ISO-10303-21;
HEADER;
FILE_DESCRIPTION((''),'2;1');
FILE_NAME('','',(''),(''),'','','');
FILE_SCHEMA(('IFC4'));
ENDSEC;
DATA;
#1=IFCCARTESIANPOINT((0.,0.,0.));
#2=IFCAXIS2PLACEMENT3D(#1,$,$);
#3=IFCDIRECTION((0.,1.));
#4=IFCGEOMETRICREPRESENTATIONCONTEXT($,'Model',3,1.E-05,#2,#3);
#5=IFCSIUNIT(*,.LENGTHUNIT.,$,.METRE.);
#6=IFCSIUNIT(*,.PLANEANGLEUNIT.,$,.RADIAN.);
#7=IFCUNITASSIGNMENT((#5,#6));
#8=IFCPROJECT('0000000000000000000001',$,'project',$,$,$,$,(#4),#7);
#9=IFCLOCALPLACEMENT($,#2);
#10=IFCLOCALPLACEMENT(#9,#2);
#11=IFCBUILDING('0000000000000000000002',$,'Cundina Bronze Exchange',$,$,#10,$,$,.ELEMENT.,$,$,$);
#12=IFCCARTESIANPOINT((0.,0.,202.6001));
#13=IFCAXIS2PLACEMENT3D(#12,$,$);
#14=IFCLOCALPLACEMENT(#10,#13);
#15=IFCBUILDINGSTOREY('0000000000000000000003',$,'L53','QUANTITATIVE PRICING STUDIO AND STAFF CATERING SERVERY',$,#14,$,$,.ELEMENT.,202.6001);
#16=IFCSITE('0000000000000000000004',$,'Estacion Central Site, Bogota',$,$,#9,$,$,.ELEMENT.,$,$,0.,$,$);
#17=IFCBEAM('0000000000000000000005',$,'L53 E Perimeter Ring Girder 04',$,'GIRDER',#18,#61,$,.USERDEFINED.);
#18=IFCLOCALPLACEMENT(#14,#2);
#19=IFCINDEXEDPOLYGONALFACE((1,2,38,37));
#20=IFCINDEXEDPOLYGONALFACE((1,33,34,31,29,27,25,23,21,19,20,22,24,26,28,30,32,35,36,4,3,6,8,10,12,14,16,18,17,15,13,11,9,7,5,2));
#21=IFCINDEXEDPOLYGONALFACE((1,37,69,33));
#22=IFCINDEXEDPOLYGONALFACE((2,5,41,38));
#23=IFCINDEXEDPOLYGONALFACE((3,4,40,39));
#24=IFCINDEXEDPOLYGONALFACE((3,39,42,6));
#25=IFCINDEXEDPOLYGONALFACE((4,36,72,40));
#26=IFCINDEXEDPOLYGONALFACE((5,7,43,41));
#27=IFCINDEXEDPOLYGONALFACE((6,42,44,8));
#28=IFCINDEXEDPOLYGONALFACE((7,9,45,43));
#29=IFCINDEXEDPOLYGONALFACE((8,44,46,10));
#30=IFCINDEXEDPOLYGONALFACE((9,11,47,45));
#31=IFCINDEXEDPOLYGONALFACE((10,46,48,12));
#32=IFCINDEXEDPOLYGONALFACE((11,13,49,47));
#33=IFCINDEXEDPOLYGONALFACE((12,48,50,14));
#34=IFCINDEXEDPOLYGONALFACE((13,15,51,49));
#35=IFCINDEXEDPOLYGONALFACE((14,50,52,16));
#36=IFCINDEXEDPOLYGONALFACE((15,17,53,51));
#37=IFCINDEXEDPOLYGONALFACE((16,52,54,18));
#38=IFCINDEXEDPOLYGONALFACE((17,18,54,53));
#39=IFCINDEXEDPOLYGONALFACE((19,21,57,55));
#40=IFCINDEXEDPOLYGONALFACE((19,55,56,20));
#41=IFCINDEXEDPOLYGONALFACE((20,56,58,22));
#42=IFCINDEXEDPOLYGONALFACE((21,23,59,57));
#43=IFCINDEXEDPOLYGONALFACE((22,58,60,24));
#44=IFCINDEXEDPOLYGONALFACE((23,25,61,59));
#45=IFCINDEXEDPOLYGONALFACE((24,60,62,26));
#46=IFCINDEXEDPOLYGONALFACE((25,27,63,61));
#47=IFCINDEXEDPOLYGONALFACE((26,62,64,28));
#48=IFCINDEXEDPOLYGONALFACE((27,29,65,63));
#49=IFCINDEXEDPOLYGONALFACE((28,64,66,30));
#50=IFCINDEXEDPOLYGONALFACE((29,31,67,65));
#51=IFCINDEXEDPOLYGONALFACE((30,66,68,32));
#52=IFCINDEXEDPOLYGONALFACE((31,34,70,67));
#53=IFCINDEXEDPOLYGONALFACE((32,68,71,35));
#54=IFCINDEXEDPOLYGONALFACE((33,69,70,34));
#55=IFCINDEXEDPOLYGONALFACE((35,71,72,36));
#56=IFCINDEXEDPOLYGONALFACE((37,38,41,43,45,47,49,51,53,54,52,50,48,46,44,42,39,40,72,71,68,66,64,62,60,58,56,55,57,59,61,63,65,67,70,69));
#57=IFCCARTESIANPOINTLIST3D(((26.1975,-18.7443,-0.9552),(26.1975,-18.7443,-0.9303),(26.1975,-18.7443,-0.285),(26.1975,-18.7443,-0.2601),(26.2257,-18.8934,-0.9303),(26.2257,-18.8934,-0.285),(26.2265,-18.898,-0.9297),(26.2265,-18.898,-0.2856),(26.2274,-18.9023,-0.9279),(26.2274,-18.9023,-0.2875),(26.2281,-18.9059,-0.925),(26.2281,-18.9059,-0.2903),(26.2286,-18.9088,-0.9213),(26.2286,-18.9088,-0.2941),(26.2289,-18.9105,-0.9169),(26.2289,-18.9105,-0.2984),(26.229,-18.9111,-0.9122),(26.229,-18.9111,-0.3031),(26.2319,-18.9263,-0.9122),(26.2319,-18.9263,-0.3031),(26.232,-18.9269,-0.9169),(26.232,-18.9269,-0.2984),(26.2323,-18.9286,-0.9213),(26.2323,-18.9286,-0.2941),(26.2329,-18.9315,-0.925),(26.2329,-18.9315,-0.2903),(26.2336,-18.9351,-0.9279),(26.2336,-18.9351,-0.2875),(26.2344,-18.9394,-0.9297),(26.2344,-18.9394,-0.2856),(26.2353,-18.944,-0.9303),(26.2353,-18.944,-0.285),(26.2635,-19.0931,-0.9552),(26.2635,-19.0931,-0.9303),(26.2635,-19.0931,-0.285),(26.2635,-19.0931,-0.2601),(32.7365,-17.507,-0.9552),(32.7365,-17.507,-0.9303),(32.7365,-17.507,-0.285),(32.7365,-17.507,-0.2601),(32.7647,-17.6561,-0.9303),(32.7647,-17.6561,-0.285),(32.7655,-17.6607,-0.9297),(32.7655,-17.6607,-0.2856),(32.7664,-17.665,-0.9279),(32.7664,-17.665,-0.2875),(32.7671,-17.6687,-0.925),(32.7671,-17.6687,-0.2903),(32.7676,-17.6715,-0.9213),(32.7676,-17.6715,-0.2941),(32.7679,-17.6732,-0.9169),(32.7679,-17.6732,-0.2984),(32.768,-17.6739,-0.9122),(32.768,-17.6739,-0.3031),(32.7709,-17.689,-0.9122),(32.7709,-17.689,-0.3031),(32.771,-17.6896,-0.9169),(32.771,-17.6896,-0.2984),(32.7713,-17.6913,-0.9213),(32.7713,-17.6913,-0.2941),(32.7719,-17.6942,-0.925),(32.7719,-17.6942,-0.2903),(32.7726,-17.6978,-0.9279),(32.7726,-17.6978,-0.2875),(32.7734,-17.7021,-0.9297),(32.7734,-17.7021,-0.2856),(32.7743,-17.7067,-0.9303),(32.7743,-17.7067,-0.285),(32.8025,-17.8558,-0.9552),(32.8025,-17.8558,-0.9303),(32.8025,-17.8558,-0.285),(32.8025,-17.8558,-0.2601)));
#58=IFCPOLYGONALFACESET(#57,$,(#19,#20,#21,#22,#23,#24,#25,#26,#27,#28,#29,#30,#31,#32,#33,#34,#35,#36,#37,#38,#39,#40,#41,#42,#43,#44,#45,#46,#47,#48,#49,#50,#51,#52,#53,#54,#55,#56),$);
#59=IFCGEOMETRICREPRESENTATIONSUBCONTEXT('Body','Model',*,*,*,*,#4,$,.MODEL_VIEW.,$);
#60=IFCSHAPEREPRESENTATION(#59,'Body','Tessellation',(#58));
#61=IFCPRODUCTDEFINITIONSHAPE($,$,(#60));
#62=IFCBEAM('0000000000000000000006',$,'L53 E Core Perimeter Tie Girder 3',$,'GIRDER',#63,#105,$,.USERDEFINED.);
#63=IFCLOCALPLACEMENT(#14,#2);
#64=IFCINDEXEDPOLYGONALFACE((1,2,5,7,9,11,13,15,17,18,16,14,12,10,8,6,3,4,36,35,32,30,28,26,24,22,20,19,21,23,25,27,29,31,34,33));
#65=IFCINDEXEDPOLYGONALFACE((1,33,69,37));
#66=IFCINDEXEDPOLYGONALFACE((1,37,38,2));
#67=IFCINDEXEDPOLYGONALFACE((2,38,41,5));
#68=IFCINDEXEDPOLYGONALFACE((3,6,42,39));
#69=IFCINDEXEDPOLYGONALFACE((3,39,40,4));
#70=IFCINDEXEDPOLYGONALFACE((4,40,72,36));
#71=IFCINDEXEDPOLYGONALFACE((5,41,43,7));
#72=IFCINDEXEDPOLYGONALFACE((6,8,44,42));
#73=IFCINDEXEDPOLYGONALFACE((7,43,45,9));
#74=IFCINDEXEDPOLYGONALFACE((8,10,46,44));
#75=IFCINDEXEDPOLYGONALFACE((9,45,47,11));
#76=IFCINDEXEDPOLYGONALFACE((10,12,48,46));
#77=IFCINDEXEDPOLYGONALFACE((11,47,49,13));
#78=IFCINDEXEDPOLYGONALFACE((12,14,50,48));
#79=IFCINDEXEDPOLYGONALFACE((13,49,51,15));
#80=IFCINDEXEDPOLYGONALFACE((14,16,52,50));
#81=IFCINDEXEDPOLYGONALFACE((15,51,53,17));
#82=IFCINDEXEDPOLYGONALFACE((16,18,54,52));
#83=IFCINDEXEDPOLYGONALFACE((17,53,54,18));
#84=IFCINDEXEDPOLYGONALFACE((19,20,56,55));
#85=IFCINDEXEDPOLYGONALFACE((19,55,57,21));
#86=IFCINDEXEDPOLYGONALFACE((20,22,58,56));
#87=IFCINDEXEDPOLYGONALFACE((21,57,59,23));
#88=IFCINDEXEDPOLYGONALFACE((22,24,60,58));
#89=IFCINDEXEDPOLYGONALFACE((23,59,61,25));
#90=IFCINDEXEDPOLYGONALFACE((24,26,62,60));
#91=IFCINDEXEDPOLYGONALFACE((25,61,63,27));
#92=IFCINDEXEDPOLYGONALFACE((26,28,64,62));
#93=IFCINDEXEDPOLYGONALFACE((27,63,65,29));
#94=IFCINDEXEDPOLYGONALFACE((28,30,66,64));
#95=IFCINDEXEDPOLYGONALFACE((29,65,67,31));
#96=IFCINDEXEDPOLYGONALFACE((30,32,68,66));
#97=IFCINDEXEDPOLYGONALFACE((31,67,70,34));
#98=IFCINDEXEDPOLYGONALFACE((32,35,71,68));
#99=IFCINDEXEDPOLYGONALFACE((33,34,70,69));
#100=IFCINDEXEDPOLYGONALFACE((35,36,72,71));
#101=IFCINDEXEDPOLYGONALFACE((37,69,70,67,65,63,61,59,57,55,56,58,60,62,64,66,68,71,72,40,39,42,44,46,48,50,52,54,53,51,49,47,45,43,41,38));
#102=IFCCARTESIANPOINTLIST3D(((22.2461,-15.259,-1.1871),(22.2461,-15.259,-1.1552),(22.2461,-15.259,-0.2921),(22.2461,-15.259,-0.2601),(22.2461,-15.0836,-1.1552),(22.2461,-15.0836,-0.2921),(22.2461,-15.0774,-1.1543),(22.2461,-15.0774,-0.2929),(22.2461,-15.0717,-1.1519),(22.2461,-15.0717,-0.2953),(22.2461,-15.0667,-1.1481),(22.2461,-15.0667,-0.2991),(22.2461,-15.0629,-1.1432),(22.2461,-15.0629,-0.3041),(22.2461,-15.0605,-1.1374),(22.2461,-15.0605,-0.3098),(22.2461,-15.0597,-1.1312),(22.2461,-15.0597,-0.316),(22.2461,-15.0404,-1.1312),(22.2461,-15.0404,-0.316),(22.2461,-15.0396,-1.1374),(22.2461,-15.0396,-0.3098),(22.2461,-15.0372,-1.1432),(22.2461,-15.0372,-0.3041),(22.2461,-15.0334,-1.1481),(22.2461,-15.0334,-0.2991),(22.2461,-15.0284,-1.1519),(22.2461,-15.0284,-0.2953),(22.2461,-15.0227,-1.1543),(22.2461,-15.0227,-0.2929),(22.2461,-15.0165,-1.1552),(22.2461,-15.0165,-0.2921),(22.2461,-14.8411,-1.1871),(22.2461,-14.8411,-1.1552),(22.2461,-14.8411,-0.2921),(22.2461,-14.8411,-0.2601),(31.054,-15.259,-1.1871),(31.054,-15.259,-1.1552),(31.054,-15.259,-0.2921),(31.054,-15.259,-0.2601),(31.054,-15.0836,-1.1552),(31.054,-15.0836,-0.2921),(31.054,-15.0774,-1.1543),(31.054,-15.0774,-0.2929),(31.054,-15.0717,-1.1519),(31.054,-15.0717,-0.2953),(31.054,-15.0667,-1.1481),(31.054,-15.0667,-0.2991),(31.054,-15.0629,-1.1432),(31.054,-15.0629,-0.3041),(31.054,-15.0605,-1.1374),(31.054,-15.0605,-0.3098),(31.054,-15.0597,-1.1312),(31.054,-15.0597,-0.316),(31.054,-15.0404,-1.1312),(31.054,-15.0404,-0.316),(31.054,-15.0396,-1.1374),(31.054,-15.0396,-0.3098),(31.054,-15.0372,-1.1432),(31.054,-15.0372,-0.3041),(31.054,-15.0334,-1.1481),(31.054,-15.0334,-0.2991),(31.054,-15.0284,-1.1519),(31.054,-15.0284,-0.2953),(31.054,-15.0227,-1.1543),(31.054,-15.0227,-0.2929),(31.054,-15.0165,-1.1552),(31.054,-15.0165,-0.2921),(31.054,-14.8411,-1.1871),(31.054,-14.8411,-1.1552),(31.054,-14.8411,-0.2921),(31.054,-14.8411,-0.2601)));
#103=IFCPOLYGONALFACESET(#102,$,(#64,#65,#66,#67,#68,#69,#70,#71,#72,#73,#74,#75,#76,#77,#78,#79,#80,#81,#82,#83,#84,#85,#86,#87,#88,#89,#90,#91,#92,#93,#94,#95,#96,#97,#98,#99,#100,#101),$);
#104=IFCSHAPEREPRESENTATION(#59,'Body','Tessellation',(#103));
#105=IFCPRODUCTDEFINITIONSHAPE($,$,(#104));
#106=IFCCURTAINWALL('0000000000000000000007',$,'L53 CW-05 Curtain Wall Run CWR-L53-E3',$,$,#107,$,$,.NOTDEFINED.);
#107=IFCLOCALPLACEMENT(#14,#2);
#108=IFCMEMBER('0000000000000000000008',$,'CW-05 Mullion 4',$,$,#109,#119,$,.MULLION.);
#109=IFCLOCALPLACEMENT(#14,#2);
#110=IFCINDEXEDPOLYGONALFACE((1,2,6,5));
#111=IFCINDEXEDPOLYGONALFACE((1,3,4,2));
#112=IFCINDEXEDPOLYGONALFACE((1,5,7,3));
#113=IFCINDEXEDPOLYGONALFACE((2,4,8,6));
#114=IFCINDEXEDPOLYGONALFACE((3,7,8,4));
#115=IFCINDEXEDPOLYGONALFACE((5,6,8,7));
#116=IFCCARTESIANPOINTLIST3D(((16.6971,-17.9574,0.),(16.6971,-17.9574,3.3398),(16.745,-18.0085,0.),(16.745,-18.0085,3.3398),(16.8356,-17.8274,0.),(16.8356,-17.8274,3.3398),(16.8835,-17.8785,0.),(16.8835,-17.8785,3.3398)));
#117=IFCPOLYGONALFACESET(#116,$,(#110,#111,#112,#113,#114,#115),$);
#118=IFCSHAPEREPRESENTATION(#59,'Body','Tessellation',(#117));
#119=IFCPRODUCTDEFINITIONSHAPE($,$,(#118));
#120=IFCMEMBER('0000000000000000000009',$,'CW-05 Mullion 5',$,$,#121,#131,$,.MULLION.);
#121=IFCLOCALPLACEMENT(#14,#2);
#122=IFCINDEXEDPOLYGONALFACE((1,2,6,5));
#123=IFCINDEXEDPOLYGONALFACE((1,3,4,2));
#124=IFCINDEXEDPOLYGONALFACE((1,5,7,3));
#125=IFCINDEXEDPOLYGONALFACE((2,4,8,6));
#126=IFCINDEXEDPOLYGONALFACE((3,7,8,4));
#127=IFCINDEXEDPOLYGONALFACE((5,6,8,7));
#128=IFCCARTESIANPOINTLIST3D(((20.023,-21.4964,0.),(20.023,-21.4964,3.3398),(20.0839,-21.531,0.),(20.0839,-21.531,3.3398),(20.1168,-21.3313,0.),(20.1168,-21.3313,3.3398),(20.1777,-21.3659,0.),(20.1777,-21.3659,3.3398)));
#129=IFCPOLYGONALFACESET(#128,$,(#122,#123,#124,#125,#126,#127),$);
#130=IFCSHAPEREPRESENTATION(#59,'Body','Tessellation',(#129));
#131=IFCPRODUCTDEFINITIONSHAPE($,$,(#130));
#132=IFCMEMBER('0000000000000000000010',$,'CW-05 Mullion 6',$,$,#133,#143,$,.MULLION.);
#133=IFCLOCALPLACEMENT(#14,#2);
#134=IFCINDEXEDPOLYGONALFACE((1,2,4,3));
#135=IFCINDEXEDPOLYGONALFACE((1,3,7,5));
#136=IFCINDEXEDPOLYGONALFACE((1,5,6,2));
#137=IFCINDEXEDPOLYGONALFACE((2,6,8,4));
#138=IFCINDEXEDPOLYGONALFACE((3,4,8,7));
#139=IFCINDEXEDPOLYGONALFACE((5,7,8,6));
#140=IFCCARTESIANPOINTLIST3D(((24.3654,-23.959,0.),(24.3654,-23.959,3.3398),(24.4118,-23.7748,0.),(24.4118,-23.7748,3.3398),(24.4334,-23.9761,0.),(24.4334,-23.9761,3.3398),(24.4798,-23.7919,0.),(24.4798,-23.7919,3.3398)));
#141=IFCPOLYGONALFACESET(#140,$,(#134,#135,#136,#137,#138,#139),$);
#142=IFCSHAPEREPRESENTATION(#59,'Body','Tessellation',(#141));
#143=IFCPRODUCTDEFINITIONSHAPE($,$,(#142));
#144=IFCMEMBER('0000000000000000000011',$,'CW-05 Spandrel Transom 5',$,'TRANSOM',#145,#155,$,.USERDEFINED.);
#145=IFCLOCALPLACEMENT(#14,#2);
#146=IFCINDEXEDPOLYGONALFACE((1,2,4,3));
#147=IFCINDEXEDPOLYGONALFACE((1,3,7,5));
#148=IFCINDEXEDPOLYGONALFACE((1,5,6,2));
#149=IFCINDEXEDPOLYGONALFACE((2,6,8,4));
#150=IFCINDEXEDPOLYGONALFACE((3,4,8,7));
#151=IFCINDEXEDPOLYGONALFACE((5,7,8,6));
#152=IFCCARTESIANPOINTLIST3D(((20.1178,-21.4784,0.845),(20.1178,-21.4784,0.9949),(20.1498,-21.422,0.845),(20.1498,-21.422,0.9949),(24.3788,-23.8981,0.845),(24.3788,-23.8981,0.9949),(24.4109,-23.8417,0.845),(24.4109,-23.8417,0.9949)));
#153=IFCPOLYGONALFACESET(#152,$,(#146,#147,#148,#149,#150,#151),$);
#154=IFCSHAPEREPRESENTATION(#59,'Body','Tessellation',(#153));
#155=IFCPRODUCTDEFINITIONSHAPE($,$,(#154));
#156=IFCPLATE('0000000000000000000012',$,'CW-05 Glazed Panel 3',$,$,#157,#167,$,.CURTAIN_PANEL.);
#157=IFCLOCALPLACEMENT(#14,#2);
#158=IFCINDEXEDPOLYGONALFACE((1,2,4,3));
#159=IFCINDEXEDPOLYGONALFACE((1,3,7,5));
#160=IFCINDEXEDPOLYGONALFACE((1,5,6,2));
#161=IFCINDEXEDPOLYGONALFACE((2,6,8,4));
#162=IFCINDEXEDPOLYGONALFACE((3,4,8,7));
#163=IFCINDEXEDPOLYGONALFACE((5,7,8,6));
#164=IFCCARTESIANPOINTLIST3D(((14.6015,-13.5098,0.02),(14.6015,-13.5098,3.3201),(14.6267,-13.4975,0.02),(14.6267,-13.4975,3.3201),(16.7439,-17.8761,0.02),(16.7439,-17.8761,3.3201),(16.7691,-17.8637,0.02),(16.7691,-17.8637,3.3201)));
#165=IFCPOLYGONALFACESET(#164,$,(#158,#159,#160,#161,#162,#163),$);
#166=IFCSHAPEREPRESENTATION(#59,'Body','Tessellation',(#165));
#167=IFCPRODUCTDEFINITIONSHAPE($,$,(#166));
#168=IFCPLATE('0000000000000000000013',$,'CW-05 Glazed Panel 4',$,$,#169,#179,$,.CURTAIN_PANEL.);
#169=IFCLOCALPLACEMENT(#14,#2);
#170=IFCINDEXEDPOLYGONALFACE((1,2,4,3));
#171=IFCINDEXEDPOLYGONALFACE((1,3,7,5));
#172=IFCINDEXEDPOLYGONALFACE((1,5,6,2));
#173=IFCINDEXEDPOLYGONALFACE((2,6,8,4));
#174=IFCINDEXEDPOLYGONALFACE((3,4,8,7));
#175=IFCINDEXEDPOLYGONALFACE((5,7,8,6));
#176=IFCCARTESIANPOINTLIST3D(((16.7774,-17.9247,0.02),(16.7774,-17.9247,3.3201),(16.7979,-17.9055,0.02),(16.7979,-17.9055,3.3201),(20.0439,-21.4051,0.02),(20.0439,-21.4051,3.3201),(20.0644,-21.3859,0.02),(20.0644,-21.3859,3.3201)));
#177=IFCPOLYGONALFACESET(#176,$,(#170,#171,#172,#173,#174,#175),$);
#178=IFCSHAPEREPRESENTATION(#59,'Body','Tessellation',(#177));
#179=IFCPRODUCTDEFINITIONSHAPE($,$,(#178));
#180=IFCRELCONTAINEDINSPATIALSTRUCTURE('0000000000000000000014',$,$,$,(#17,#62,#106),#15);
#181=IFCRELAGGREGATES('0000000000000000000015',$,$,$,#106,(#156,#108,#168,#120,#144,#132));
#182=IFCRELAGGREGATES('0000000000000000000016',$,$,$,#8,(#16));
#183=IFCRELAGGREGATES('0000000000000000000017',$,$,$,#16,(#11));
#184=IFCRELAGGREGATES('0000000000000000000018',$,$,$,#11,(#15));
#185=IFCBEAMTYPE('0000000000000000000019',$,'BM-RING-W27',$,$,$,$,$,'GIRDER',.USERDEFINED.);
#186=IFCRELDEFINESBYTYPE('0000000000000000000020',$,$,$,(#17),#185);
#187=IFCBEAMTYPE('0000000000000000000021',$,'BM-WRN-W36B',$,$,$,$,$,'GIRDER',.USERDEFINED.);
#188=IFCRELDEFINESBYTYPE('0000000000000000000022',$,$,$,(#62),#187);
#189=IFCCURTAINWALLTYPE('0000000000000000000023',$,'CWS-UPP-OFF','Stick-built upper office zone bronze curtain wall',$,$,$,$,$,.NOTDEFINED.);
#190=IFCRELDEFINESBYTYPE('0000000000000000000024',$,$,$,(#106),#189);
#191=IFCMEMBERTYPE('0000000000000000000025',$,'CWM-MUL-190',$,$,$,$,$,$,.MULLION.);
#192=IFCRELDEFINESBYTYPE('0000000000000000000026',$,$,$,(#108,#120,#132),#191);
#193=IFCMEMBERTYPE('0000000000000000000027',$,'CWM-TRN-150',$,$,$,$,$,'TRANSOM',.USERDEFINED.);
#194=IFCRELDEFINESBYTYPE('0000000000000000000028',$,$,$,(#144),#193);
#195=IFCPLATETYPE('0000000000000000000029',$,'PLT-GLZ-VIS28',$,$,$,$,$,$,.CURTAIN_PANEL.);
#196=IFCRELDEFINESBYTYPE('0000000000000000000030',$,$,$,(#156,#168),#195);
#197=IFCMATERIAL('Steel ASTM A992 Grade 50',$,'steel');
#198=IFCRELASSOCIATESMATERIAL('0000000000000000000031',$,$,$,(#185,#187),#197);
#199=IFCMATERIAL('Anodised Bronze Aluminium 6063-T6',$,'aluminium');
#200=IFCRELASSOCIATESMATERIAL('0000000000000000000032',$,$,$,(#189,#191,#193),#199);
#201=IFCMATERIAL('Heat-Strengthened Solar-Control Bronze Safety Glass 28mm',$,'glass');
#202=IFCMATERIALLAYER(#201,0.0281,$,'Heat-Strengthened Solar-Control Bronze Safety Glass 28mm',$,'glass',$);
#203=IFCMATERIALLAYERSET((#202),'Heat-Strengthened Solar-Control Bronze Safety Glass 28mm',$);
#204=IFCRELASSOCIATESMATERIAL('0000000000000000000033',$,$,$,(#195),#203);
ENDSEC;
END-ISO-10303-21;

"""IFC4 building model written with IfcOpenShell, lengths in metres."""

from ifc_helpers import new_model, si_unit, direction, frame, origin, origin_2d, place, context, subcontext, project, spatial, rectangle, i_section, extrude, material, layer, layer_set, material_profile, profile_set, type_object, element, aggregate, save


model = new_model("IFC4")

# Units and contexts
model_context = context("Model", 3, precision=1e-05, world=origin(), true_north=direction((0.0, 1.0)))
body_context = subcontext(model_context, "Body", "Model", "MODEL_VIEW")
ifc_project = project(units=[si_unit("LENGTHUNIT", "METRE"), si_unit("PLANEANGLEUNIT", "RADIAN")], contexts=[model_context])

# Site, building, storey
site_placement = place(None, origin())
site = spatial("IfcSite", under=ifc_project, at=site_placement, Name="Estacion Central Site, Bogota", CompositionType="ELEMENT", RefElevation=0.0)
building_placement = place(site_placement, origin())
building = spatial("IfcBuilding", under=site, at=building_placement, Name="Cundina Bronze Exchange", CompositionType="ELEMENT")
storey_placement = place(building_placement, frame((0.0, 0.0, 202.6001)))
storey = spatial("IfcBuildingStorey", under=building, at=storey_placement, Name="L53", Description="QUANTITATIVE PRICING STUDIO AND STAFF CATERING SERVERY", CompositionType="ELEMENT", Elevation=202.6001)

# Shared definitions
ifc_material_1 = material(Name="Steel ASTM A992 Grade 50", Category="steel")

# Beams
ifc_material_profile_1 = material_profile(ifc_material_1, i_section(OverallWidth=0.355, OverallDepth=0.6951, WebThickness=0.0154, FlangeThickness=0.0249, FilletRadius=0.0181, at=origin_2d()), Name="W27X146", Category="steel")
ifc_profile_set_1 = profile_set([ifc_material_profile_1], Name="Steel ASTM A992 Grade 50")
beam_type_1 = type_object("IfcBeamType", Name="BM-RING-W27", ElementType="GIRDER", PredefinedType="USERDEFINED", material=ifc_profile_set_1)
beam_1_placement = place(storey_placement, frame((26.2305, -18.9187, -0.6077), z_axis=(0.982565, 0.185918, 0.0), x_axis=(-0.185918, 0.982565, 0.0)))
element("IfcBeam", 1, at=beam_1_placement, inside=storey, type_object=beam_type_1, Name="L53 E Perimeter Ring Girder 04", ObjectType="GIRDER", PredefinedType="USERDEFINED", context=body_context, shape_type="SweptSolid", body=[
    extrude(i_section(OverallWidth=0.355, OverallDepth=0.6951, WebThickness=0.0154, FlangeThickness=0.0249, FilletRadius=0.0181, at=origin_2d()), origin(), (0.0, 0.0, 1.0), 6.655),
])
ifc_material_profile_2 = material_profile(ifc_material_1, i_section(OverallWidth=0.418, OverallDepth=0.927, WebThickness=0.0193, FlangeThickness=0.032, FilletRadius=0.0239, at=origin_2d()), Name="W36X231", Category="steel")
ifc_profile_set_2 = profile_set([ifc_material_profile_2], Name="Steel ASTM A992 Grade 50")
beam_type_2 = type_object("IfcBeamType", Name="BM-WRN-W36B", ElementType="GIRDER", PredefinedType="USERDEFINED", material=ifc_profile_set_2)
beam_2_placement = place(storey_placement, frame((22.2461, -15.05, -0.7236), z_axis=(1.0, 0.0, 0.0), x_axis=(0.0, 1.0, 0.0)))
element("IfcBeam", 2, at=beam_2_placement, inside=storey, type_object=beam_type_2, Name="L53 E Core Perimeter Tie Girder 3", ObjectType="GIRDER", PredefinedType="USERDEFINED", context=body_context, shape_type="SweptSolid", body=[
    extrude(i_section(OverallWidth=0.418, OverallDepth=0.927, WebThickness=0.0193, FlangeThickness=0.032, FilletRadius=0.0239, at=origin_2d()), origin(), (0.0, 0.0, 1.0), 8.8079),
])

# Curtain wall, members, plates
ifc_material_2 = material(Name="Anodised Bronze Aluminium 6063-T6", Category="aluminium")
curtain_wall_type = type_object("IfcCurtainWallType", Name="CWS-UPP-OFF", Description="Stick-built upper office zone bronze curtain wall", PredefinedType="NOTDEFINED", material=ifc_material_2)
curtain_wall_placement = place(storey_placement, origin())
curtain_wall = element("IfcCurtainWall", 3, at=curtain_wall_placement, inside=storey, type_object=curtain_wall_type, Name="L53 CW-05 Curtain Wall Run CWR-L53-E3", PredefinedType="NOTDEFINED")
ifc_material_profile_3 = material_profile(ifc_material_2, rectangle(XDim=0.0701, YDim=0.1899, at=origin_2d()), Name="AL70X190", Category="aluminium")
ifc_profile_set_3 = profile_set([ifc_material_profile_3], Name="Anodised Bronze Aluminium 6063-T6")
member_type_1 = type_object("IfcMemberType", Name="CWM-MUL-190", PredefinedType="MULLION", material=ifc_profile_set_3)
member_1_placement = place(storey_placement, frame((16.7903, -17.918, 0.0), z_axis=(0.0, 0.0, 1.0), x_axis=(0.684293, -0.729208, 0.0)))
member_1 = element("IfcMember", 4, at=member_1_placement, type_object=member_type_1, Name="CW-05 Mullion 4", PredefinedType="MULLION", context=body_context, shape_type="SweptSolid", body=[
    extrude(rectangle(XDim=0.0701, YDim=0.1899, at=origin_2d()), origin(), (0.0, 0.0, 1.0), 3.3398),
])
member_2_placement = place(storey_placement, frame((20.1003, -21.4312, 0.0), z_axis=(0.0, 0.0, 1.0), x_axis=(0.869581, -0.49379, 0.0)))
member_2 = element("IfcMember", 5, at=member_2_placement, type_object=member_type_1, Name="CW-05 Mullion 5", PredefinedType="MULLION", context=body_context, shape_type="SweptSolid", body=[
    extrude(rectangle(XDim=0.0701, YDim=0.1899, at=origin_2d()), origin(), (0.0, 0.0, 1.0), 3.3398),
])
member_3_placement = place(storey_placement, frame((24.4226, -23.8755, 0.0), z_axis=(0.0, 0.0, 1.0), x_axis=(0.969744, -0.244123, 0.0)))
member_3 = element("IfcMember", 6, at=member_3_placement, type_object=member_type_1, Name="CW-05 Mullion 6", PredefinedType="MULLION", context=body_context, shape_type="SweptSolid", body=[
    extrude(rectangle(XDim=0.0701, YDim=0.1899, at=origin_2d()), origin(), (0.0, 0.0, 1.0), 3.3398),
])
ifc_material_profile_4 = material_profile(ifc_material_2, rectangle(XDim=0.0649, YDim=0.1499, at=origin_2d()), Name="AL65X150", Category="aluminium")
ifc_profile_set_4 = profile_set([ifc_material_profile_4], Name="Anodised Bronze Aluminium 6063-T6")
member_type_2 = type_object("IfcMemberType", Name="CWM-TRN-150", ElementType="TRANSOM", PredefinedType="USERDEFINED", material=ifc_profile_set_4)
member_4_placement = place(storey_placement, frame((20.1338, -21.4502, 0.9199), z_axis=(0.869574, -0.493803, 0.0), x_axis=(0.493803, 0.869574, 0.0)))
member_4 = element("IfcMember", 7, at=member_4_placement, type_object=member_type_2, Name="CW-05 Spandrel Transom 5", ObjectType="TRANSOM", PredefinedType="USERDEFINED", context=body_context, shape_type="SweptSolid", body=[
    extrude(rectangle(XDim=0.0649, YDim=0.1499, at=origin_2d()), origin(), (0.0, 0.0, 1.0), 4.9001),
])
ifc_material_3 = material(Name="Heat-Strengthened Solar-Control Bronze Safety Glass 28mm", Category="glass")
ifc_layer_1 = layer(ifc_material_3, 0.0281, Name="Heat-Strengthened Solar-Control Bronze Safety Glass 28mm", Category="glass")
ifc_layer_set_1 = layer_set([ifc_layer_1], Name="Heat-Strengthened Solar-Control Bronze Safety Glass 28mm")
plate_type_1 = type_object("IfcPlateType", Name="PLT-GLZ-VIS28", PredefinedType="CURTAIN_PANEL", material=ifc_layer_set_1)
plate_1_placement = place(storey_placement, frame((15.6853, -15.6868, 0.02), z_axis=(0.0, 0.0, 1.0), x_axis=(0.440503, -0.897751, 0.0)))
plate_1 = element("IfcPlate", 8, at=plate_1_placement, type_object=plate_type_1, Name="CW-05 Glazed Panel 3", PredefinedType="CURTAIN_PANEL", context=body_context, shape_type="SweptSolid", body=[
    extrude(rectangle(XDim=4.8635, YDim=0.0281, at=origin_2d()), origin(), (0.0, 0.0, 1.0), 3.3),
])
plate_2_placement = place(storey_placement, frame((18.4209, -19.6553, 0.02), z_axis=(0.0, 0.0, 1.0), x_axis=(0.684344, -0.72916, 0.0)))
plate_2 = element("IfcPlate", 9, at=plate_2_placement, type_object=plate_type_1, Name="CW-05 Glazed Panel 4", PredefinedType="CURTAIN_PANEL", context=body_context, shape_type="SweptSolid", body=[
    extrude(rectangle(XDim=4.7732, YDim=0.0281, at=origin_2d()), origin(), (0.0, 0.0, 1.0), 3.3),
])
aggregate(curtain_wall, [plate_1, member_1, plate_2, member_2, member_4, member_3])

save(model, "model.ifc")
